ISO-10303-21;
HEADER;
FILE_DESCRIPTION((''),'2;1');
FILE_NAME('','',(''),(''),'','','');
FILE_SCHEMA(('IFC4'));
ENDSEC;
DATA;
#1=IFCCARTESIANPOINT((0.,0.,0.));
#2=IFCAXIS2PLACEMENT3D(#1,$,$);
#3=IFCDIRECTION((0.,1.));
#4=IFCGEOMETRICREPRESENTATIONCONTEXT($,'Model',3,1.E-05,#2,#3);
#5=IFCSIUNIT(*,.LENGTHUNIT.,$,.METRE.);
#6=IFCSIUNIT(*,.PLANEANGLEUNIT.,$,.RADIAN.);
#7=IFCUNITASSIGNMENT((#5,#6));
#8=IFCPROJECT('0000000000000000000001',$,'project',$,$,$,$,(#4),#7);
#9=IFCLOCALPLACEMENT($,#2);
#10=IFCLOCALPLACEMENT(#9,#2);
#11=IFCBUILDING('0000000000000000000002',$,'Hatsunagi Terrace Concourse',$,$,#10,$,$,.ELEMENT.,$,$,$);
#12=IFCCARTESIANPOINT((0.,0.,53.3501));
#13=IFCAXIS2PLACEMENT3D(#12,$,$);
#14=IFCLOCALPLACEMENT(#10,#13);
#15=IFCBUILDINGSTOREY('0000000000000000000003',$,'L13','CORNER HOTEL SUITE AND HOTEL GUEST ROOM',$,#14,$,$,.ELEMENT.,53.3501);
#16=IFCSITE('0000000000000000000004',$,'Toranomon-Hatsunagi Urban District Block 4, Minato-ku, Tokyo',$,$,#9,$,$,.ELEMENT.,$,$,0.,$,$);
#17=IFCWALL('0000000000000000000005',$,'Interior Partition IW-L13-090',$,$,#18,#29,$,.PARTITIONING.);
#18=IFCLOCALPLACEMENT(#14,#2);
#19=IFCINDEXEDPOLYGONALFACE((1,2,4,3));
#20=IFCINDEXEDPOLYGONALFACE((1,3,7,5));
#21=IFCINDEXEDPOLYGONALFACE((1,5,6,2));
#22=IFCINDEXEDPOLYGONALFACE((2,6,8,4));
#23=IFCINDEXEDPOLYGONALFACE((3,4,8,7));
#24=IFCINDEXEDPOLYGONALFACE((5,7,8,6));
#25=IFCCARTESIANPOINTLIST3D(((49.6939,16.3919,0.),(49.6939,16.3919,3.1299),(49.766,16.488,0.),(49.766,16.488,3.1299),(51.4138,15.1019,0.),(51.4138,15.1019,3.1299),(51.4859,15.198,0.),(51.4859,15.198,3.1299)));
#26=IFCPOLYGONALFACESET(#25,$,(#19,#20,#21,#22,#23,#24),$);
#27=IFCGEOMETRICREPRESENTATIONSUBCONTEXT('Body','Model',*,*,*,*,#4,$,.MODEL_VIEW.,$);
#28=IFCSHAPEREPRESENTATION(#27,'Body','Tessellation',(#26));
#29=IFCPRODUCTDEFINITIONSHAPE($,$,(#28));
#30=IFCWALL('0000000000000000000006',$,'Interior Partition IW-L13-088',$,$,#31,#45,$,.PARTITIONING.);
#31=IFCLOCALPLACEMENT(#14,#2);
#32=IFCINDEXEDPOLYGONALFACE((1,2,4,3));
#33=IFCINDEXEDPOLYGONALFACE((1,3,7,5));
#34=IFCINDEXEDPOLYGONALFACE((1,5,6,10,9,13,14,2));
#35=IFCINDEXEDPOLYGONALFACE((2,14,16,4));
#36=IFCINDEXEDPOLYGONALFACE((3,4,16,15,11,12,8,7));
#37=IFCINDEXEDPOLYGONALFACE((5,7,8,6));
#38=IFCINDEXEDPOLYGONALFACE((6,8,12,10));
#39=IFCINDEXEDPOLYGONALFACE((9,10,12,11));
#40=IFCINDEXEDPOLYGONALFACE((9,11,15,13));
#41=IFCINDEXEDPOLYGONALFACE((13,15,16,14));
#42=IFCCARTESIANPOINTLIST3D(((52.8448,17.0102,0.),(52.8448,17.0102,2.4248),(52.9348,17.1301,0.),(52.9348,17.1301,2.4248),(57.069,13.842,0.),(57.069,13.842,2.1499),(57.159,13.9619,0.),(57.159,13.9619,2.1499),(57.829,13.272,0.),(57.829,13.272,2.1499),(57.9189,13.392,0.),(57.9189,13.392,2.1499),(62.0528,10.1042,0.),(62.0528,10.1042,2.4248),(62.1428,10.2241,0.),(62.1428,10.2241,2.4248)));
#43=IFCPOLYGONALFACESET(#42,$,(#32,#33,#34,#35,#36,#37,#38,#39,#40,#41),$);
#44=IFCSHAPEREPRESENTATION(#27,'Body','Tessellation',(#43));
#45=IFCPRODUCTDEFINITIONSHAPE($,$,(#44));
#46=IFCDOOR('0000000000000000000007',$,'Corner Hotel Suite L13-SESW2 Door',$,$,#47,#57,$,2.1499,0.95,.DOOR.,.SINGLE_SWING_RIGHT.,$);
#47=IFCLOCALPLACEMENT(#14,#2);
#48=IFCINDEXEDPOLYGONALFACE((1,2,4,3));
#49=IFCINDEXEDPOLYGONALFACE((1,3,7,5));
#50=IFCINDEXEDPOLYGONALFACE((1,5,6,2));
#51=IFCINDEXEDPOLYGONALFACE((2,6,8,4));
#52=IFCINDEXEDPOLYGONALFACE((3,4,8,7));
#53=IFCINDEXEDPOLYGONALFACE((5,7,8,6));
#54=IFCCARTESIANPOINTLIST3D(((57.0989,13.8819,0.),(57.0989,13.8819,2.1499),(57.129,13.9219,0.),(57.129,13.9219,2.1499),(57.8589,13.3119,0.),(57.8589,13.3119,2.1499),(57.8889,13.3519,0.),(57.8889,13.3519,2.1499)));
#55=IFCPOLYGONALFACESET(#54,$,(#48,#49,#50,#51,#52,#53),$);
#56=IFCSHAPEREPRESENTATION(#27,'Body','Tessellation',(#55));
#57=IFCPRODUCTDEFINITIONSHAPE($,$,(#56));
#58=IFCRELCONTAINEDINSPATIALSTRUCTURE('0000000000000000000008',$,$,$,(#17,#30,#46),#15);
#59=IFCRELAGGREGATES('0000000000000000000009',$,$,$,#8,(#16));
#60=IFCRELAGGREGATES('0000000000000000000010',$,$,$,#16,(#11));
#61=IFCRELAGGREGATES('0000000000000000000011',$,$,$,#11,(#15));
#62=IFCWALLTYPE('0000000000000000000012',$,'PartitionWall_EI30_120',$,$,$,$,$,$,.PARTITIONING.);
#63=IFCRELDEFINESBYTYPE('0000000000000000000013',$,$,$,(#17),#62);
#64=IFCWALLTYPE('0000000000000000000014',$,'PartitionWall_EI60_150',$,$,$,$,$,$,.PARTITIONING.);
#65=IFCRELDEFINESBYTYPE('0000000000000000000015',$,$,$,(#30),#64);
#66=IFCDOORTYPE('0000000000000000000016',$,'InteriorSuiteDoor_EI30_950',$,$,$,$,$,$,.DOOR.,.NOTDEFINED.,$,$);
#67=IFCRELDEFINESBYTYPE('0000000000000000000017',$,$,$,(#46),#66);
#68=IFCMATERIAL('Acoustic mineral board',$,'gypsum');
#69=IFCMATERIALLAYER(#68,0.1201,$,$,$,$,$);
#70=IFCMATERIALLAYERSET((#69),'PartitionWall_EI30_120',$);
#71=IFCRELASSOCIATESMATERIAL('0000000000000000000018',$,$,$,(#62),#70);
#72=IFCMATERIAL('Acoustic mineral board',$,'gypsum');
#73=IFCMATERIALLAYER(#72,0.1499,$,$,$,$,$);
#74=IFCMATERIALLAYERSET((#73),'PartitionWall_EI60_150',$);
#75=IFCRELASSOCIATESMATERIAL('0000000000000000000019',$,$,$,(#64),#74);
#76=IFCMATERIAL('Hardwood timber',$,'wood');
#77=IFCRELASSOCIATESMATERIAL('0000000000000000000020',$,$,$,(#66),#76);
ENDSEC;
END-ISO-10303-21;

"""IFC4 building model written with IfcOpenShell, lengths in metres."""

from ifc_helpers import new_model, si_unit, direction, frame, frame_2d, origin, place, context, subcontext, project, spatial, rectangle, extrude, material, layer, layer_set, type_object, element, fill, save


model = new_model("IFC4")

# Units and contexts
model_context = context("Model", 3, precision=1e-05, world=origin(), true_north=direction((0.0, 1.0)))
body_context = subcontext(model_context, "Body", "Model", "MODEL_VIEW")
ifc_project = project(units=[si_unit("LENGTHUNIT", "METRE"), si_unit("PLANEANGLEUNIT", "RADIAN")], contexts=[model_context])

# Site, building, storey
site_placement = place(None, origin())
site = spatial("IfcSite", under=ifc_project, at=site_placement, Name="Toranomon-Hatsunagi Urban District Block 4, Minato-ku, Tokyo", CompositionType="ELEMENT", RefElevation=0.0)
building_placement = place(site_placement, origin())
building = spatial("IfcBuilding", under=site, at=building_placement, Name="Hatsunagi Terrace Concourse", CompositionType="ELEMENT")
storey_placement = place(building_placement, frame((0.0, 0.0, 53.3501)))
storey = spatial("IfcBuildingStorey", under=building, at=storey_placement, Name="L13", Description="CORNER HOTEL SUITE AND HOTEL GUEST ROOM", CompositionType="ELEMENT", Elevation=53.3501)

# Shared definitions
ifc_material_1 = material(Name="Acoustic mineral board", Category="gypsum")
ifc_layer_1 = layer(ifc_material_1, 0.1201)
ifc_layer_set_1 = layer_set([ifc_layer_1], Name="PartitionWall_EI30_120")
wall_type_1 = type_object("IfcWallType", Name="PartitionWall_EI30_120", PredefinedType="PARTITIONING", material=ifc_layer_set_1)

# Wall
wall_1_placement = place(storey_placement, frame((49.73, 16.4399, 0.0), z_axis=(0.0, 0.0, 1.0), x_axis=(0.799986, -0.600018, 0.0)))
element("IfcWall", 1, at=wall_1_placement, inside=storey, type_object=wall_type_1, Name="Interior Partition IW-L13-090", PredefinedType="PARTITIONING", context=body_context, shape_type="SweptSolid", body=[
    extrude(rectangle(XDim=2.1499, YDim=0.1201, at=frame_2d((1.075, 0.0))), origin(), (0.0, 0.0, 1.0), 3.1299),
])

# Wall, opening, door
ifc_material_2 = material(Name="Acoustic mineral board", Category="gypsum")
ifc_layer_2 = layer(ifc_material_2, 0.1499)
ifc_layer_set_2 = layer_set([ifc_layer_2], Name="PartitionWall_EI60_150")
wall_type_2 = type_object("IfcWallType", Name="PartitionWall_EI60_150", PredefinedType="PARTITIONING", material=ifc_layer_set_2)
wall_2_placement = place(storey_placement, frame((52.8899, 17.0701, 0.0), z_axis=(0.0, 0.0, 1.0), x_axis=(0.8, -0.6, 0.0)))
wall_2 = element("IfcWall", 2, at=wall_2_placement, inside=storey, type_object=wall_type_2, Name="Interior Partition IW-L13-088", PredefinedType="PARTITIONING", context=body_context, shape_type="SweptSolid", body=[
    extrude(rectangle(XDim=11.51, YDim=0.1499, at=frame_2d((5.7549, 0.0))), origin(), (0.0, 0.0, 1.0), 2.4248),
])
opening_1_placement = place(wall_2_placement, frame((5.28, 0.0, 0.0)))
opening_1 = element("IfcOpeningElement", 3, at=opening_1_placement, cuts=wall_2, PredefinedType="OPENING", context=body_context, shape_type="SweptSolid", body=[
    extrude(rectangle(XDim=0.95, YDim=2.1499, at=frame_2d((0.4751, 1.075))), frame((0.0, 0.085, 0.0), z_axis=(0.0, -1.0, 0.0), x_axis=(1.0, 0.0, 0.0)), (0.0, 0.0, 1.0), 0.1699),
])
ifc_material_3 = material(Name="Hardwood timber", Category="wood")
door_type_1 = type_object("IfcDoorType", Name="InteriorSuiteDoor_EI30_950", OperationType="NOTDEFINED", PredefinedType="DOOR", material=ifc_material_3)
door_1_placement = place(opening_1_placement, origin())
door_1 = element("IfcDoor", 4, at=door_1_placement, inside=storey, type_object=door_type_1, Name="Corner Hotel Suite L13-SESW2 Door", OperationType="SINGLE_SWING_RIGHT", OverallHeight=2.1499, OverallWidth=0.95, PredefinedType="DOOR", context=body_context, shape_type="SweptSolid", body=[
    extrude(rectangle(XDim=0.95, YDim=2.1499, at=frame_2d((0.4751, 1.075))), frame((0.0, 0.0249, 0.0), z_axis=(0.0, -1.0, 0.0), x_axis=(1.0, 0.0, 0.0)), (0.0, 0.0, 1.0), 0.05),
])
fill(opening_1, door_1)

save(model, "model.ifc")
